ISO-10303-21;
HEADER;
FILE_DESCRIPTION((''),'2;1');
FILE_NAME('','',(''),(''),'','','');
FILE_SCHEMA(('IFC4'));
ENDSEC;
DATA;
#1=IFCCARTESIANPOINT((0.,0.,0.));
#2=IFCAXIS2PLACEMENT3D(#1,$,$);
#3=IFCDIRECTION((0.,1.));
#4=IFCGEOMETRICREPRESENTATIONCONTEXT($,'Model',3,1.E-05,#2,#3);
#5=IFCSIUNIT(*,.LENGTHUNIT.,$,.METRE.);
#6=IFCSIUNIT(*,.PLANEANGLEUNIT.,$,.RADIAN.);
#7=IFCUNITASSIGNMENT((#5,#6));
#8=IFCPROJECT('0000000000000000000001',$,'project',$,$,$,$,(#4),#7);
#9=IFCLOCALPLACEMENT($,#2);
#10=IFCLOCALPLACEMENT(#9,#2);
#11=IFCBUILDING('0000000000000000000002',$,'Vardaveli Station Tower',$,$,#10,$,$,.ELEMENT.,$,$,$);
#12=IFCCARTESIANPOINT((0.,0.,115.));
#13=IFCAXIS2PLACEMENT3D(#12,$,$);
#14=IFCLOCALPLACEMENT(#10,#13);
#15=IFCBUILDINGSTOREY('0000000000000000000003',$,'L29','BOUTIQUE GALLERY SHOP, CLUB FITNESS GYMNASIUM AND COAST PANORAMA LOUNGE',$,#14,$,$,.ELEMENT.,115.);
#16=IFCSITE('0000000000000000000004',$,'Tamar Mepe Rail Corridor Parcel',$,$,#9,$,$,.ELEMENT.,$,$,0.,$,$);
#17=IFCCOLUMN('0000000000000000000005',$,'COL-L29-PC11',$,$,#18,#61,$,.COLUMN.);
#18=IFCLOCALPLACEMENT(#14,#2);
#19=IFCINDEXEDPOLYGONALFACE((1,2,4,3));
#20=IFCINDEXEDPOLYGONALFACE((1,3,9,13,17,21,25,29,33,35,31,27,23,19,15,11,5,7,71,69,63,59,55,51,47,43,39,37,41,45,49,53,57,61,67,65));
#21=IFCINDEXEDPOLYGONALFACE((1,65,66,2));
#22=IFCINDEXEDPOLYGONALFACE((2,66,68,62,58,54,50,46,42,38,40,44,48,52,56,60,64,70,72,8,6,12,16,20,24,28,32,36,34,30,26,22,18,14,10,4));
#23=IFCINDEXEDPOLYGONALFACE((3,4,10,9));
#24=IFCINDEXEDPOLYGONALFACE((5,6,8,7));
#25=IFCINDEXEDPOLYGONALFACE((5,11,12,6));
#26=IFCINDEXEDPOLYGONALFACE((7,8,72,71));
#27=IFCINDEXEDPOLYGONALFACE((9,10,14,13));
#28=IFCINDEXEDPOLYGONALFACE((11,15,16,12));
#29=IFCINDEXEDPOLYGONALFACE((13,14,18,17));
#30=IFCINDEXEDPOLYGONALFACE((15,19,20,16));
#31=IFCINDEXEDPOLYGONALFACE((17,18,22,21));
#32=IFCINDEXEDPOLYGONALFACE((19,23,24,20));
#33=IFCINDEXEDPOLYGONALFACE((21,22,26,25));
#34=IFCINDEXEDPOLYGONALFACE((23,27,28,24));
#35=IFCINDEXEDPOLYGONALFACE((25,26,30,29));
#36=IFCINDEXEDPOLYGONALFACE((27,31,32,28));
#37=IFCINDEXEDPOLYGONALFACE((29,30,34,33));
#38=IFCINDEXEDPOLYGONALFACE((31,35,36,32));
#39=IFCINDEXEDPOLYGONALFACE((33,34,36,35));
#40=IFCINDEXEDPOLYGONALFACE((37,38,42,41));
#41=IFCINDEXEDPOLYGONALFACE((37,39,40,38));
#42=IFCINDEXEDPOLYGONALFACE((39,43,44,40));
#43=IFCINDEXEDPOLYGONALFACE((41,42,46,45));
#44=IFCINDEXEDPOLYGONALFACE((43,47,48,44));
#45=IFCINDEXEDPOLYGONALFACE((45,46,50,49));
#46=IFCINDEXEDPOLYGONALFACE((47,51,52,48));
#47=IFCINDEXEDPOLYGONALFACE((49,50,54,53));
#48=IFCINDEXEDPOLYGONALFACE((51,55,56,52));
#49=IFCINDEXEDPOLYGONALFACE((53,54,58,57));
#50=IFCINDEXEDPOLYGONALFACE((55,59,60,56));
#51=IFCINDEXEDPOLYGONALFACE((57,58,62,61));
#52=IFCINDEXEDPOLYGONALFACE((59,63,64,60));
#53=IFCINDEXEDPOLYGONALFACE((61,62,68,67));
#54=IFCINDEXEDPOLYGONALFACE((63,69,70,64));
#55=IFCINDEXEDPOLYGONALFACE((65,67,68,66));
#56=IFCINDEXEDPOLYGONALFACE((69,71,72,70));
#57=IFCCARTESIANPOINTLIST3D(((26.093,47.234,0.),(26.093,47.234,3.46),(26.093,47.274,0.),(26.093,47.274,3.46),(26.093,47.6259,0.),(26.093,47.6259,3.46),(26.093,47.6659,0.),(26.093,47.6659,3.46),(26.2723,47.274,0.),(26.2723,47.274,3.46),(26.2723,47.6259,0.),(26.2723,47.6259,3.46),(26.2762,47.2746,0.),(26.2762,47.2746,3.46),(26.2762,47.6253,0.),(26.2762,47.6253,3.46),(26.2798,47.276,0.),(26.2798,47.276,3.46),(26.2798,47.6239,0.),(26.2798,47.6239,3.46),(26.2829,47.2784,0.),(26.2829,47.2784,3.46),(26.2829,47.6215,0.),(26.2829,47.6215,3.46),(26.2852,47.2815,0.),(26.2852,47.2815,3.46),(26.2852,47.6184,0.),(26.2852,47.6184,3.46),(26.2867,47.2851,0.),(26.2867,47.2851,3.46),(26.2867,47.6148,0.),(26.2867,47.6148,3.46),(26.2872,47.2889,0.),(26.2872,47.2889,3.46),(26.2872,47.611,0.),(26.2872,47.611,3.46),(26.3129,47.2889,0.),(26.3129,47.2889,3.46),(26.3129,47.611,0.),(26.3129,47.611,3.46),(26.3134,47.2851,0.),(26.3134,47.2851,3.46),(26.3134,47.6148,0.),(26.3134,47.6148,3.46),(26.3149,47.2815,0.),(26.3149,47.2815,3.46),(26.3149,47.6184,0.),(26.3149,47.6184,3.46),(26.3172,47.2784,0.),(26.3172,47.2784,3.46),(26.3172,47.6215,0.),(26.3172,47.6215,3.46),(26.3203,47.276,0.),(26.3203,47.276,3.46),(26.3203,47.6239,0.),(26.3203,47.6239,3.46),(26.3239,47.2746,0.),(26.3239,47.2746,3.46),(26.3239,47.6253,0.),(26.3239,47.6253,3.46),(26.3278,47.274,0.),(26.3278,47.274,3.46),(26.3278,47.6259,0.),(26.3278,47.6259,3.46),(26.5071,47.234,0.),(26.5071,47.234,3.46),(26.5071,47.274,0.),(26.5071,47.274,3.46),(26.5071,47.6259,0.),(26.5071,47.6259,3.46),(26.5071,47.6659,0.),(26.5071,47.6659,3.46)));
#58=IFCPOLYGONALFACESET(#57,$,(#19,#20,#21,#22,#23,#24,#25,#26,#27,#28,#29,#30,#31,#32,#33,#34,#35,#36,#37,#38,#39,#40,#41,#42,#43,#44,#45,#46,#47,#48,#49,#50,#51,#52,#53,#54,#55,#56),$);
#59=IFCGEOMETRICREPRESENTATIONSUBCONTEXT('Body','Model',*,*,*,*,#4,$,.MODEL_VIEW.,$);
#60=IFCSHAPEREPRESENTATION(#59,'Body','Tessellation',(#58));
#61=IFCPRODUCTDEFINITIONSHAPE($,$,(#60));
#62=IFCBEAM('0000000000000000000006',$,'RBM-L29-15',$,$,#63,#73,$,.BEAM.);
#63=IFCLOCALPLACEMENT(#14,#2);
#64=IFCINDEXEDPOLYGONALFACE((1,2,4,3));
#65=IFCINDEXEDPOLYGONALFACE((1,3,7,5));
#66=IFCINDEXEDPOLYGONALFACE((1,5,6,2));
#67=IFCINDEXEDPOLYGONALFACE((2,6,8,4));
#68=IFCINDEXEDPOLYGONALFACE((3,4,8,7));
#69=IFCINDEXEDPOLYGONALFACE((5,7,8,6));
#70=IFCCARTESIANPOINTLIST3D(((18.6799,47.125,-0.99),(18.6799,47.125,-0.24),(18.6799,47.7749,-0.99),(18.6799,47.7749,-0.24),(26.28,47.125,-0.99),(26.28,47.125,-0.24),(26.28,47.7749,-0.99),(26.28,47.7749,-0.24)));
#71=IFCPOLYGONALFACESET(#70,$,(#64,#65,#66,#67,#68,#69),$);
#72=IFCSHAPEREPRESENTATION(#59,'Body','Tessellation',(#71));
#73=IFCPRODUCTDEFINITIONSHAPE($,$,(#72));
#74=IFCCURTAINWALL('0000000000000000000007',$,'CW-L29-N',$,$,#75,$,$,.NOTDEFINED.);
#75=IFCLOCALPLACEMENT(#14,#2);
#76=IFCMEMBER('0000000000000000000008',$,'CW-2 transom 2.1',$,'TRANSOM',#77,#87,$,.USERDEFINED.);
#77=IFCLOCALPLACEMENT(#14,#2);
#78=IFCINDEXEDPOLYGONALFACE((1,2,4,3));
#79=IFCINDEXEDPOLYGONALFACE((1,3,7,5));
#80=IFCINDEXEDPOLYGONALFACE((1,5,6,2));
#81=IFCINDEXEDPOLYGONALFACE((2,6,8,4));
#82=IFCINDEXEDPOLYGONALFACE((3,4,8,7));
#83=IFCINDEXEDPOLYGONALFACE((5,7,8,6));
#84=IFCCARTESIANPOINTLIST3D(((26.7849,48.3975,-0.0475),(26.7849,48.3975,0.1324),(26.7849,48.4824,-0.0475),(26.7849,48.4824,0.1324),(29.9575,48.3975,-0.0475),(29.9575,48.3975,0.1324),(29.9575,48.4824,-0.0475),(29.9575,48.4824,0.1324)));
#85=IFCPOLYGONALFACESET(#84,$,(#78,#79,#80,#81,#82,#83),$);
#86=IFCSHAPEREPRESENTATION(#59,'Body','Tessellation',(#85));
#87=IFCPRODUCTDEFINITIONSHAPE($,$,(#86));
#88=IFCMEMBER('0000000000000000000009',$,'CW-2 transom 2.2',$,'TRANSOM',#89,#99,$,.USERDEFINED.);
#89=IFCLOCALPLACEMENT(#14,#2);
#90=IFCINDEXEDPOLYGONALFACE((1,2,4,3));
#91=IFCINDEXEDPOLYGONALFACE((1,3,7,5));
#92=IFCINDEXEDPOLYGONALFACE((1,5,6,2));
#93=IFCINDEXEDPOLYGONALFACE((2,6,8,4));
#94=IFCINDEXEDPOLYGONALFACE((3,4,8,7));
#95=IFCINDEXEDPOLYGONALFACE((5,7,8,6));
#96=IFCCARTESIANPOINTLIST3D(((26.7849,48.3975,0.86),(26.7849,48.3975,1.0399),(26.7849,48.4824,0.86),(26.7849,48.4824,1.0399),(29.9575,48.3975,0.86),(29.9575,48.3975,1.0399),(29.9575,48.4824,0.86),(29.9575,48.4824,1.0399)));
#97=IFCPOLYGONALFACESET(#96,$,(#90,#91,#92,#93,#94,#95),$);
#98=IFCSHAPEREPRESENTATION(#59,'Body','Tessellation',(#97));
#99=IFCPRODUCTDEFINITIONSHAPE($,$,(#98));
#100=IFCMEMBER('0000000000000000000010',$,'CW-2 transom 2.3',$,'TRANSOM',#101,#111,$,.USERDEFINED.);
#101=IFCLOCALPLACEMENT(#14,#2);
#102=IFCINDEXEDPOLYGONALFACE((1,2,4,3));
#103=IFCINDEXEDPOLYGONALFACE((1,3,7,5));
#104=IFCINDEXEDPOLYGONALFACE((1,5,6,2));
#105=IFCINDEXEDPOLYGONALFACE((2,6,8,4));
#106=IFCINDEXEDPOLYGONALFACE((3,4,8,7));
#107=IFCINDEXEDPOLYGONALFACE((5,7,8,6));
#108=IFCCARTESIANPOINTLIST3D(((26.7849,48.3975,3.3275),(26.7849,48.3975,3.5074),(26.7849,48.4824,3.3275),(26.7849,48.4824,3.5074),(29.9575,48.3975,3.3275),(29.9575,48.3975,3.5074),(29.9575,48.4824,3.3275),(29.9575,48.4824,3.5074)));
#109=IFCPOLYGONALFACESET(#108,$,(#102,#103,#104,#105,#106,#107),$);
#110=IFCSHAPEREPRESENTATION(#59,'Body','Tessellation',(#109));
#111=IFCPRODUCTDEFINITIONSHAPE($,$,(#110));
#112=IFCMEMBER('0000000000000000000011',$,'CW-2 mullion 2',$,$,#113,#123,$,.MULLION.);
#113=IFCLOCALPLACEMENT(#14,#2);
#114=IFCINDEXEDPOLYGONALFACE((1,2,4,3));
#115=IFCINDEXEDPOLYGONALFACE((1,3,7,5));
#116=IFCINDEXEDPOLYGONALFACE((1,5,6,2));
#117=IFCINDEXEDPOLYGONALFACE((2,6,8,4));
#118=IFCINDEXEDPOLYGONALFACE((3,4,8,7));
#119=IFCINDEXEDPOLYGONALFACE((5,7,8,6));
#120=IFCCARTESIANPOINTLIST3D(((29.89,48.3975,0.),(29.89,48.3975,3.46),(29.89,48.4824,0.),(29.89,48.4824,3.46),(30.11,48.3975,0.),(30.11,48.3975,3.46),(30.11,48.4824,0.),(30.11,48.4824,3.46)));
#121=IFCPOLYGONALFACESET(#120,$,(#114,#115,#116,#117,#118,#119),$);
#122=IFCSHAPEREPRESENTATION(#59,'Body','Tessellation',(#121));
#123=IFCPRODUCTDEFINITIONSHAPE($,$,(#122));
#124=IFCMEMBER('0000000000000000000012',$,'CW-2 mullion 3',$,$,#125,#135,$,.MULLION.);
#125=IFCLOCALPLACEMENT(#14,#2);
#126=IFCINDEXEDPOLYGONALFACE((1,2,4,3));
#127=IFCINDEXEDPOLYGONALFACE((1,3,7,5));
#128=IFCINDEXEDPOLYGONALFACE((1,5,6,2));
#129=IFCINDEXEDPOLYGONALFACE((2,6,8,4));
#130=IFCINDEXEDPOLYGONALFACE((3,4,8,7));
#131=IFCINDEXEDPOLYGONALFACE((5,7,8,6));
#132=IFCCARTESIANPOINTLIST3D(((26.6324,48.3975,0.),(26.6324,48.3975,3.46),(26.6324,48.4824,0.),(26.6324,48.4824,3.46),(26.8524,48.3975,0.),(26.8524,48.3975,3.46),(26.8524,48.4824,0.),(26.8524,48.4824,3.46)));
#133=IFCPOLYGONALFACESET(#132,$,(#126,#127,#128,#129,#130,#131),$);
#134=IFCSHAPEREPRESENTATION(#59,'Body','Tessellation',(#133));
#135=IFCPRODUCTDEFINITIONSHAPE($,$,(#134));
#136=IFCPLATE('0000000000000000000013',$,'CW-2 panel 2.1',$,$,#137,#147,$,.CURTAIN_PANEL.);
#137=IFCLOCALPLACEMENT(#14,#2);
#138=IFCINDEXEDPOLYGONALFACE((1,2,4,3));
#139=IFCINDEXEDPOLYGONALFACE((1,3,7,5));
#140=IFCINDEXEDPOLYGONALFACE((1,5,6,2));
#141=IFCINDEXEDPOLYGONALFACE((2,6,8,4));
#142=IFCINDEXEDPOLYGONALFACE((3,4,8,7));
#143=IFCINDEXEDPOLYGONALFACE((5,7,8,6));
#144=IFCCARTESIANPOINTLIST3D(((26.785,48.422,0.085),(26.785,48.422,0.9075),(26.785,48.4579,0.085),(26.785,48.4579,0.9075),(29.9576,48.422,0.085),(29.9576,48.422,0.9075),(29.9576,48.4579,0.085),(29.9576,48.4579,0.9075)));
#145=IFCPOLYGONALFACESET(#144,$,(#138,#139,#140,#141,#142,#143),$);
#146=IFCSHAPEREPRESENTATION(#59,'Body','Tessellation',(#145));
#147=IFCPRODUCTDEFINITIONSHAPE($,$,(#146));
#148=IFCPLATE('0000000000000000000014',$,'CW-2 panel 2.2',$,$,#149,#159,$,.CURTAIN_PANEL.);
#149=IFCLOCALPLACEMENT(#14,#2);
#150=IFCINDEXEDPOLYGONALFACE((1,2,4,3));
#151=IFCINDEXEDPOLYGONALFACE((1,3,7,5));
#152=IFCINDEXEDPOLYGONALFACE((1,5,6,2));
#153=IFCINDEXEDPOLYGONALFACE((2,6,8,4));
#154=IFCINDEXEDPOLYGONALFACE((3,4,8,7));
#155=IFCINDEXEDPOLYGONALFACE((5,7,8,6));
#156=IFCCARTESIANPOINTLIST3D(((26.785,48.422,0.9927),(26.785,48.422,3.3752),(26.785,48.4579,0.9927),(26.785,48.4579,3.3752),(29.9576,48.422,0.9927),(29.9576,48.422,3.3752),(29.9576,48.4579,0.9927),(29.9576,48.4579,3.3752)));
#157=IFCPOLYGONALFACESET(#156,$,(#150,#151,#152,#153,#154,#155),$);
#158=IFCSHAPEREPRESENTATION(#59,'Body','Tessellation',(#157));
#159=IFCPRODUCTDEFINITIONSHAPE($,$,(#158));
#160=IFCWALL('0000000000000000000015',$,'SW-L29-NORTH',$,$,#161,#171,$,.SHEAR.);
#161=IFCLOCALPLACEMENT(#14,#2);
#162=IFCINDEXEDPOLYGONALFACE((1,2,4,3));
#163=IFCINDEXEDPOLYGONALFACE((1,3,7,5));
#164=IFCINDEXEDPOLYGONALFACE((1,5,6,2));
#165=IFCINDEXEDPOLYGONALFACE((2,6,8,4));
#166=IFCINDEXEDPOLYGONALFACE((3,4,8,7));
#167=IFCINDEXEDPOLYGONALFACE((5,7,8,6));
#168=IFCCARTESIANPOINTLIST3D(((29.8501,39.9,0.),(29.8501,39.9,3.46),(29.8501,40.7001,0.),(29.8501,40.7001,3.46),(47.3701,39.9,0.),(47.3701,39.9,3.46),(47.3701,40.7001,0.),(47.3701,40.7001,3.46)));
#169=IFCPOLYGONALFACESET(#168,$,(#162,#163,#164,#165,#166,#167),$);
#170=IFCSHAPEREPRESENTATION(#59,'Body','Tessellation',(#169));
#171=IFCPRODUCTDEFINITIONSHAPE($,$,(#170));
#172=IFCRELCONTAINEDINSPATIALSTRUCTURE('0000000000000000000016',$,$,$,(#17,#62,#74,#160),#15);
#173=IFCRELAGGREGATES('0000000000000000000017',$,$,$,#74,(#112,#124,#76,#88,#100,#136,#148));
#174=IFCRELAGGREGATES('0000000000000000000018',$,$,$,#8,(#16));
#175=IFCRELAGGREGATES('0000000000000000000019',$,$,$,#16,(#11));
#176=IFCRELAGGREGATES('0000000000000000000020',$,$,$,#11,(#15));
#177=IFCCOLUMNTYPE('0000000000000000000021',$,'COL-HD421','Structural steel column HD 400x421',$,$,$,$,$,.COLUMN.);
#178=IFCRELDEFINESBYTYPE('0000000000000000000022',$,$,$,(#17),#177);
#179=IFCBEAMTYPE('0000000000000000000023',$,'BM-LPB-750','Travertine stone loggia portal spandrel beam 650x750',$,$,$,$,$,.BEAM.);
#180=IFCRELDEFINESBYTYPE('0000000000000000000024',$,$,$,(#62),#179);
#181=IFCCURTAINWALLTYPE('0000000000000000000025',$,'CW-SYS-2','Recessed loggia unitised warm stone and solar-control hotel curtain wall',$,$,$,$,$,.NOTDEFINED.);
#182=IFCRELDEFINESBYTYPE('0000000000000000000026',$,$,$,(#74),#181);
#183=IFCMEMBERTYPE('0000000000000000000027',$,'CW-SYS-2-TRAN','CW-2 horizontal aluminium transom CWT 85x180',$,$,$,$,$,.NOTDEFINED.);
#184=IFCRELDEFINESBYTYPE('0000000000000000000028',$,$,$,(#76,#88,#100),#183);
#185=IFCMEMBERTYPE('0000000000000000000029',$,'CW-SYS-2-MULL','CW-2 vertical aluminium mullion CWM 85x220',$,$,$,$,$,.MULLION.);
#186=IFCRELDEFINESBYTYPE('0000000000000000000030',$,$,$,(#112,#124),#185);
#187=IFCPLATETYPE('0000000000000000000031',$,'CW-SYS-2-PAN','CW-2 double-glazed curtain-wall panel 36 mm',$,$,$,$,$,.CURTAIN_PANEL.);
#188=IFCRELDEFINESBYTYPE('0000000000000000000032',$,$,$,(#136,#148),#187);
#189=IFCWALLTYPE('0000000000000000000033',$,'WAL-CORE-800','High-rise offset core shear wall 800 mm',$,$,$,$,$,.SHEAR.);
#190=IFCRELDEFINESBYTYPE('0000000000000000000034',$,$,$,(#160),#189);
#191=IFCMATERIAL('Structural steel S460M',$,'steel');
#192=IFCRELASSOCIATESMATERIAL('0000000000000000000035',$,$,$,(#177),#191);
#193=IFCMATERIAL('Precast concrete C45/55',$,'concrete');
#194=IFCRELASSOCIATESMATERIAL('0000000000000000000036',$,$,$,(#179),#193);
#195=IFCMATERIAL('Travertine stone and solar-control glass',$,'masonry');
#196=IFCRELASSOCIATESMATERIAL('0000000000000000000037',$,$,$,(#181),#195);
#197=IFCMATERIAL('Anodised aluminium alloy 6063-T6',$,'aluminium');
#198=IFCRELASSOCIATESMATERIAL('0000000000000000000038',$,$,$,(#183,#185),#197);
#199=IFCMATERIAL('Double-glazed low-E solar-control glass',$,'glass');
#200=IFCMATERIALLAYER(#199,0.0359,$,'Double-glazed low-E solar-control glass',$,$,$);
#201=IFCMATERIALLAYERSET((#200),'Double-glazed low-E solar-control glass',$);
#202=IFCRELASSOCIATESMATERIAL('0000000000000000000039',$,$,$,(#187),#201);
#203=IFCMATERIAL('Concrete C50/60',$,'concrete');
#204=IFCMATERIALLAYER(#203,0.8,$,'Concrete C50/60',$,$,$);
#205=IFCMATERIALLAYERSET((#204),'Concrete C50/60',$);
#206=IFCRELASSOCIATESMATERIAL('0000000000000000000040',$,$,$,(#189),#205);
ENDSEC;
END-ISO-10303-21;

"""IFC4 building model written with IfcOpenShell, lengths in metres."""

from ifc_helpers import new_model, si_unit, direction, frame, frame_2d, origin, origin_2d, place, context, subcontext, project, spatial, rectangle, i_section, extrude, source, transform, mapped, material, layer, layer_set, material_profile, profile_set, type_object, element, aggregate, save


model = new_model("IFC4")

# Units and contexts
model_context = context("Model", 3, precision=1e-05, world=origin(), true_north=direction((0.0, 1.0)))
body_context = subcontext(model_context, "Body", "Model", "MODEL_VIEW")
ifc_project = project(units=[si_unit("LENGTHUNIT", "METRE"), si_unit("PLANEANGLEUNIT", "RADIAN")], contexts=[model_context])

# Site, building, storey
site_placement = place(None, origin())
site = spatial("IfcSite", under=ifc_project, at=site_placement, Name="Tamar Mepe Rail Corridor Parcel", CompositionType="ELEMENT", RefElevation=0.0)
building_placement = place(site_placement, origin())
building = spatial("IfcBuilding", under=site, at=building_placement, Name="Vardaveli Station Tower", CompositionType="ELEMENT")
storey_placement = place(building_placement, frame((0.0, 0.0, 115.0)))
storey = spatial("IfcBuildingStorey", under=building, at=storey_placement, Name="L29", Description="BOUTIQUE GALLERY SHOP, CLUB FITNESS GYMNASIUM AND COAST PANORAMA LOUNGE", CompositionType="ELEMENT", Elevation=115.0)

# Column
ifc_material_1 = material(Name="Structural steel S460M", Category="steel")
ifc_material_profile_1 = material_profile(ifc_material_1, i_section(OverallWidth=0.4141, OverallDepth=0.4319, WebThickness=0.0256, FlangeThickness=0.04, FilletRadius=0.0149, at=origin_2d()), Name="HD 400x421")
ifc_profile_set_1 = profile_set([ifc_material_profile_1], Name="Structural steel S460M")
column_type = type_object("IfcColumnType", Name="COL-HD421", Description="Structural steel column HD 400x421", PredefinedType="COLUMN", material=ifc_profile_set_1)
shared_shape_1 = source(origin(), body_context, "Body", "SweptSolid", [
    extrude(i_section(OverallWidth=0.4141, OverallDepth=0.4319, WebThickness=0.0256, FlangeThickness=0.04, FilletRadius=0.0149, at=origin_2d()), origin(), (0.0, 0.0, 1.0), 3.46),
])
column_placement = place(storey_placement, frame((26.3, 47.45, 0.0), z_axis=(0.0, 0.0, 1.0), x_axis=(1.0, 0.0, 0.0)))
element("IfcColumn", 1, at=column_placement, inside=storey, type_object=column_type, Name="COL-L29-PC11", PredefinedType="COLUMN", context=body_context, shape_type="MappedRepresentation", body=[
    mapped(shared_shape_1, transform((0.0, 0.0, 0.0), scale=1.0)),
])

# Beam
ifc_material_2 = material(Name="Precast concrete C45/55", Category="concrete")
ifc_material_profile_2 = material_profile(ifc_material_2, rectangle(XDim=0.6499, YDim=0.75, at=origin_2d()), Name="LPB 650x750")
ifc_profile_set_2 = profile_set([ifc_material_profile_2], Name="Precast concrete C45/55")
beam_type = type_object("IfcBeamType", Name="BM-LPB-750", Description="Travertine stone loggia portal spandrel beam 650x750", PredefinedType="BEAM", material=ifc_profile_set_2)
shared_shape_2 = source(origin(), body_context, "Body", "SweptSolid", [
    extrude(rectangle(XDim=0.6499, YDim=0.75, at=origin_2d()), origin(), (0.0, 0.0, 1.0), 7.6001),
])
beam_placement = place(storey_placement, frame((26.28, 47.45, -0.615), z_axis=(-1.0, 0.0, 0.0), x_axis=(0.0, -1.0, 0.0)))
element("IfcBeam", 2, at=beam_placement, inside=storey, type_object=beam_type, Name="RBM-L29-15", PredefinedType="BEAM", context=body_context, shape_type="MappedRepresentation", body=[
    mapped(shared_shape_2, transform((0.0, 0.0, 0.0), scale=1.0)),
])

# Curtain wall, members, plates
ifc_material_3 = material(Name="Travertine stone and solar-control glass", Category="masonry")
curtain_wall_type = type_object("IfcCurtainWallType", Name="CW-SYS-2", Description="Recessed loggia unitised warm stone and solar-control hotel curtain wall", PredefinedType="NOTDEFINED", material=ifc_material_3)
curtain_wall_placement = place(storey_placement, origin())
curtain_wall = element("IfcCurtainWall", 3, at=curtain_wall_placement, inside=storey, type_object=curtain_wall_type, Name="CW-L29-N", PredefinedType="NOTDEFINED")
ifc_material_4 = material(Name="Anodised aluminium alloy 6063-T6", Category="aluminium")
ifc_material_profile_3 = material_profile(ifc_material_4, rectangle(XDim=0.085, YDim=0.1799, at=origin_2d()), Name="CWT 85x180")
ifc_profile_set_3 = profile_set([ifc_material_profile_3], Name="Anodised aluminium alloy 6063-T6")
member_type_1 = type_object("IfcMemberType", Name="CW-SYS-2-TRAN", Description="CW-2 horizontal aluminium transom CWT 85x180", PredefinedType="NOTDEFINED", material=ifc_profile_set_3)
shared_shape_3 = source(origin(), body_context, "Body", "SweptSolid", [
    extrude(rectangle(XDim=0.085, YDim=0.1799, at=origin_2d()), origin(), (0.0, 0.0, 1.0), 3.1726),
])
member_1_placement = place(storey_placement, frame((29.9575, 48.4399, 0.0425), z_axis=(-1.0, 0.0, 0.0), x_axis=(0.0, -1.0, 0.0)))
member_1 = element("IfcMember", 4, at=member_1_placement, type_object=member_type_1, Name="CW-2 transom 2.1", ObjectType="TRANSOM", PredefinedType="USERDEFINED", context=body_context, shape_type="MappedRepresentation", body=[
    mapped(shared_shape_3, transform((0.0, 0.0, 0.0), scale=1.0)),
])
member_2_placement = place(storey_placement, frame((29.9575, 48.4399, 0.95), z_axis=(-1.0, 0.0, 0.0), x_axis=(0.0, -1.0, 0.0)))
member_2 = element("IfcMember", 5, at=member_2_placement, type_object=member_type_1, Name="CW-2 transom 2.2", ObjectType="TRANSOM", PredefinedType="USERDEFINED", context=body_context, shape_type="MappedRepresentation", body=[
    mapped(shared_shape_3, transform((0.0, 0.0, 0.0), scale=1.0)),
])
member_3_placement = place(storey_placement, frame((29.9575, 48.4399, 3.4175), z_axis=(-1.0, 0.0, 0.0), x_axis=(0.0, -1.0, 0.0)))
member_3 = element("IfcMember", 6, at=member_3_placement, type_object=member_type_1, Name="CW-2 transom 2.3", ObjectType="TRANSOM", PredefinedType="USERDEFINED", context=body_context, shape_type="MappedRepresentation", body=[
    mapped(shared_shape_3, transform((0.0, 0.0, 0.0), scale=1.0)),
])
ifc_material_profile_4 = material_profile(ifc_material_4, rectangle(XDim=0.085, YDim=0.22, at=origin_2d()), Name="CWM 85x220")
ifc_profile_set_4 = profile_set([ifc_material_profile_4], Name="Anodised aluminium alloy 6063-T6")
member_type_2 = type_object("IfcMemberType", Name="CW-SYS-2-MULL", Description="CW-2 vertical aluminium mullion CWM 85x220", PredefinedType="MULLION", material=ifc_profile_set_4)
shared_shape_4 = source(origin(), body_context, "Body", "SweptSolid", [
    extrude(rectangle(XDim=0.085, YDim=0.22, at=origin_2d()), origin(), (0.0, 0.0, 1.0), 3.46),
])
member_4_placement = place(storey_placement, frame((30.0, 48.4399, 0.0), z_axis=(0.0, 0.0, 1.0), x_axis=(0.0, -1.0, 0.0)))
member_4 = element("IfcMember", 7, at=member_4_placement, type_object=member_type_2, Name="CW-2 mullion 2", PredefinedType="MULLION", context=body_context, shape_type="MappedRepresentation", body=[
    mapped(shared_shape_4, transform((0.0, 0.0, 0.0), scale=1.0)),
])
member_5_placement = place(storey_placement, frame((26.7424, 48.4399, 0.0), z_axis=(0.0, 0.0, 1.0), x_axis=(0.0, -1.0, 0.0)))
member_5 = element("IfcMember", 8, at=member_5_placement, type_object=member_type_2, Name="CW-2 mullion 3", PredefinedType="MULLION", context=body_context, shape_type="MappedRepresentation", body=[
    mapped(shared_shape_4, transform((0.0, 0.0, 0.0), scale=1.0)),
])
ifc_material_5 = material(Name="Double-glazed low-E solar-control glass", Category="glass")
ifc_layer_1 = layer(ifc_material_5, 0.0359, Name="Double-glazed low-E solar-control glass")
ifc_layer_set_1 = layer_set([ifc_layer_1], Name="Double-glazed low-E solar-control glass")
plate_type = type_object("IfcPlateType", Name="CW-SYS-2-PAN", Description="CW-2 double-glazed curtain-wall panel 36 mm", PredefinedType="CURTAIN_PANEL", material=ifc_layer_set_1)
shared_shape_5 = source(origin(), body_context, "Body", "SweptSolid", [
    extrude(rectangle(XDim=3.1726, YDim=0.0359, at=origin_2d()), origin(), (0.0, 0.0, 1.0), 0.8225),
])
plate_1_placement = place(storey_placement, frame((28.3713, 48.4399, 0.085), z_axis=(0.0, 0.0, 1.0), x_axis=(-1.0, 0.0, 0.0)))
plate_1 = element("IfcPlate", 9, at=plate_1_placement, type_object=plate_type, Name="CW-2 panel 2.1", PredefinedType="CURTAIN_PANEL", context=body_context, shape_type="MappedRepresentation", body=[
    mapped(shared_shape_5, transform((0.0, 0.0, 0.0), scale=1.0)),
])
shared_shape_6 = source(origin(), body_context, "Body", "SweptSolid", [
    extrude(rectangle(XDim=3.1726, YDim=0.0359, at=origin_2d()), origin(), (0.0, 0.0, 1.0), 2.3826),
])
plate_2_placement = place(storey_placement, frame((28.3713, 48.4399, 0.9927), z_axis=(0.0, 0.0, 1.0), x_axis=(-1.0, 0.0, 0.0)))
plate_2 = element("IfcPlate", 10, at=plate_2_placement, type_object=plate_type, Name="CW-2 panel 2.2", PredefinedType="CURTAIN_PANEL", context=body_context, shape_type="MappedRepresentation", body=[
    mapped(shared_shape_6, transform((0.0, 0.0, 0.0), scale=1.0)),
])
aggregate(curtain_wall, [member_4, member_5, member_1, member_2, member_3, plate_1, plate_2])

# Wall
ifc_material_6 = material(Name="Concrete C50/60", Category="concrete")
ifc_layer_2 = layer(ifc_material_6, 0.8, Name="Concrete C50/60")
ifc_layer_set_2 = layer_set([ifc_layer_2], Name="Concrete C50/60")
wall_type_1 = type_object("IfcWallType", Name="WAL-CORE-800", Description="High-rise offset core shear wall 800 mm", PredefinedType="SHEAR", material=ifc_layer_set_2)
shared_shape_7 = source(origin(), body_context, "Body", "SweptSolid", [
    extrude(rectangle(XDim=17.52, YDim=0.8, at=frame_2d((8.76, 0.0))), origin(), (0.0, 0.0, 1.0), 3.46),
])
wall_1_placement = place(storey_placement, frame((29.8501, 40.3, 0.0), z_axis=(0.0, 0.0, 1.0), x_axis=(1.0, 0.0, 0.0)))
element("IfcWall", 11, at=wall_1_placement, inside=storey, type_object=wall_type_1, Name="SW-L29-NORTH", PredefinedType="SHEAR", context=body_context, shape_type="MappedRepresentation", body=[
    mapped(shared_shape_7, transform((0.0, 0.0, 0.0), scale=1.0)),
])

save(model, "model.ifc")
